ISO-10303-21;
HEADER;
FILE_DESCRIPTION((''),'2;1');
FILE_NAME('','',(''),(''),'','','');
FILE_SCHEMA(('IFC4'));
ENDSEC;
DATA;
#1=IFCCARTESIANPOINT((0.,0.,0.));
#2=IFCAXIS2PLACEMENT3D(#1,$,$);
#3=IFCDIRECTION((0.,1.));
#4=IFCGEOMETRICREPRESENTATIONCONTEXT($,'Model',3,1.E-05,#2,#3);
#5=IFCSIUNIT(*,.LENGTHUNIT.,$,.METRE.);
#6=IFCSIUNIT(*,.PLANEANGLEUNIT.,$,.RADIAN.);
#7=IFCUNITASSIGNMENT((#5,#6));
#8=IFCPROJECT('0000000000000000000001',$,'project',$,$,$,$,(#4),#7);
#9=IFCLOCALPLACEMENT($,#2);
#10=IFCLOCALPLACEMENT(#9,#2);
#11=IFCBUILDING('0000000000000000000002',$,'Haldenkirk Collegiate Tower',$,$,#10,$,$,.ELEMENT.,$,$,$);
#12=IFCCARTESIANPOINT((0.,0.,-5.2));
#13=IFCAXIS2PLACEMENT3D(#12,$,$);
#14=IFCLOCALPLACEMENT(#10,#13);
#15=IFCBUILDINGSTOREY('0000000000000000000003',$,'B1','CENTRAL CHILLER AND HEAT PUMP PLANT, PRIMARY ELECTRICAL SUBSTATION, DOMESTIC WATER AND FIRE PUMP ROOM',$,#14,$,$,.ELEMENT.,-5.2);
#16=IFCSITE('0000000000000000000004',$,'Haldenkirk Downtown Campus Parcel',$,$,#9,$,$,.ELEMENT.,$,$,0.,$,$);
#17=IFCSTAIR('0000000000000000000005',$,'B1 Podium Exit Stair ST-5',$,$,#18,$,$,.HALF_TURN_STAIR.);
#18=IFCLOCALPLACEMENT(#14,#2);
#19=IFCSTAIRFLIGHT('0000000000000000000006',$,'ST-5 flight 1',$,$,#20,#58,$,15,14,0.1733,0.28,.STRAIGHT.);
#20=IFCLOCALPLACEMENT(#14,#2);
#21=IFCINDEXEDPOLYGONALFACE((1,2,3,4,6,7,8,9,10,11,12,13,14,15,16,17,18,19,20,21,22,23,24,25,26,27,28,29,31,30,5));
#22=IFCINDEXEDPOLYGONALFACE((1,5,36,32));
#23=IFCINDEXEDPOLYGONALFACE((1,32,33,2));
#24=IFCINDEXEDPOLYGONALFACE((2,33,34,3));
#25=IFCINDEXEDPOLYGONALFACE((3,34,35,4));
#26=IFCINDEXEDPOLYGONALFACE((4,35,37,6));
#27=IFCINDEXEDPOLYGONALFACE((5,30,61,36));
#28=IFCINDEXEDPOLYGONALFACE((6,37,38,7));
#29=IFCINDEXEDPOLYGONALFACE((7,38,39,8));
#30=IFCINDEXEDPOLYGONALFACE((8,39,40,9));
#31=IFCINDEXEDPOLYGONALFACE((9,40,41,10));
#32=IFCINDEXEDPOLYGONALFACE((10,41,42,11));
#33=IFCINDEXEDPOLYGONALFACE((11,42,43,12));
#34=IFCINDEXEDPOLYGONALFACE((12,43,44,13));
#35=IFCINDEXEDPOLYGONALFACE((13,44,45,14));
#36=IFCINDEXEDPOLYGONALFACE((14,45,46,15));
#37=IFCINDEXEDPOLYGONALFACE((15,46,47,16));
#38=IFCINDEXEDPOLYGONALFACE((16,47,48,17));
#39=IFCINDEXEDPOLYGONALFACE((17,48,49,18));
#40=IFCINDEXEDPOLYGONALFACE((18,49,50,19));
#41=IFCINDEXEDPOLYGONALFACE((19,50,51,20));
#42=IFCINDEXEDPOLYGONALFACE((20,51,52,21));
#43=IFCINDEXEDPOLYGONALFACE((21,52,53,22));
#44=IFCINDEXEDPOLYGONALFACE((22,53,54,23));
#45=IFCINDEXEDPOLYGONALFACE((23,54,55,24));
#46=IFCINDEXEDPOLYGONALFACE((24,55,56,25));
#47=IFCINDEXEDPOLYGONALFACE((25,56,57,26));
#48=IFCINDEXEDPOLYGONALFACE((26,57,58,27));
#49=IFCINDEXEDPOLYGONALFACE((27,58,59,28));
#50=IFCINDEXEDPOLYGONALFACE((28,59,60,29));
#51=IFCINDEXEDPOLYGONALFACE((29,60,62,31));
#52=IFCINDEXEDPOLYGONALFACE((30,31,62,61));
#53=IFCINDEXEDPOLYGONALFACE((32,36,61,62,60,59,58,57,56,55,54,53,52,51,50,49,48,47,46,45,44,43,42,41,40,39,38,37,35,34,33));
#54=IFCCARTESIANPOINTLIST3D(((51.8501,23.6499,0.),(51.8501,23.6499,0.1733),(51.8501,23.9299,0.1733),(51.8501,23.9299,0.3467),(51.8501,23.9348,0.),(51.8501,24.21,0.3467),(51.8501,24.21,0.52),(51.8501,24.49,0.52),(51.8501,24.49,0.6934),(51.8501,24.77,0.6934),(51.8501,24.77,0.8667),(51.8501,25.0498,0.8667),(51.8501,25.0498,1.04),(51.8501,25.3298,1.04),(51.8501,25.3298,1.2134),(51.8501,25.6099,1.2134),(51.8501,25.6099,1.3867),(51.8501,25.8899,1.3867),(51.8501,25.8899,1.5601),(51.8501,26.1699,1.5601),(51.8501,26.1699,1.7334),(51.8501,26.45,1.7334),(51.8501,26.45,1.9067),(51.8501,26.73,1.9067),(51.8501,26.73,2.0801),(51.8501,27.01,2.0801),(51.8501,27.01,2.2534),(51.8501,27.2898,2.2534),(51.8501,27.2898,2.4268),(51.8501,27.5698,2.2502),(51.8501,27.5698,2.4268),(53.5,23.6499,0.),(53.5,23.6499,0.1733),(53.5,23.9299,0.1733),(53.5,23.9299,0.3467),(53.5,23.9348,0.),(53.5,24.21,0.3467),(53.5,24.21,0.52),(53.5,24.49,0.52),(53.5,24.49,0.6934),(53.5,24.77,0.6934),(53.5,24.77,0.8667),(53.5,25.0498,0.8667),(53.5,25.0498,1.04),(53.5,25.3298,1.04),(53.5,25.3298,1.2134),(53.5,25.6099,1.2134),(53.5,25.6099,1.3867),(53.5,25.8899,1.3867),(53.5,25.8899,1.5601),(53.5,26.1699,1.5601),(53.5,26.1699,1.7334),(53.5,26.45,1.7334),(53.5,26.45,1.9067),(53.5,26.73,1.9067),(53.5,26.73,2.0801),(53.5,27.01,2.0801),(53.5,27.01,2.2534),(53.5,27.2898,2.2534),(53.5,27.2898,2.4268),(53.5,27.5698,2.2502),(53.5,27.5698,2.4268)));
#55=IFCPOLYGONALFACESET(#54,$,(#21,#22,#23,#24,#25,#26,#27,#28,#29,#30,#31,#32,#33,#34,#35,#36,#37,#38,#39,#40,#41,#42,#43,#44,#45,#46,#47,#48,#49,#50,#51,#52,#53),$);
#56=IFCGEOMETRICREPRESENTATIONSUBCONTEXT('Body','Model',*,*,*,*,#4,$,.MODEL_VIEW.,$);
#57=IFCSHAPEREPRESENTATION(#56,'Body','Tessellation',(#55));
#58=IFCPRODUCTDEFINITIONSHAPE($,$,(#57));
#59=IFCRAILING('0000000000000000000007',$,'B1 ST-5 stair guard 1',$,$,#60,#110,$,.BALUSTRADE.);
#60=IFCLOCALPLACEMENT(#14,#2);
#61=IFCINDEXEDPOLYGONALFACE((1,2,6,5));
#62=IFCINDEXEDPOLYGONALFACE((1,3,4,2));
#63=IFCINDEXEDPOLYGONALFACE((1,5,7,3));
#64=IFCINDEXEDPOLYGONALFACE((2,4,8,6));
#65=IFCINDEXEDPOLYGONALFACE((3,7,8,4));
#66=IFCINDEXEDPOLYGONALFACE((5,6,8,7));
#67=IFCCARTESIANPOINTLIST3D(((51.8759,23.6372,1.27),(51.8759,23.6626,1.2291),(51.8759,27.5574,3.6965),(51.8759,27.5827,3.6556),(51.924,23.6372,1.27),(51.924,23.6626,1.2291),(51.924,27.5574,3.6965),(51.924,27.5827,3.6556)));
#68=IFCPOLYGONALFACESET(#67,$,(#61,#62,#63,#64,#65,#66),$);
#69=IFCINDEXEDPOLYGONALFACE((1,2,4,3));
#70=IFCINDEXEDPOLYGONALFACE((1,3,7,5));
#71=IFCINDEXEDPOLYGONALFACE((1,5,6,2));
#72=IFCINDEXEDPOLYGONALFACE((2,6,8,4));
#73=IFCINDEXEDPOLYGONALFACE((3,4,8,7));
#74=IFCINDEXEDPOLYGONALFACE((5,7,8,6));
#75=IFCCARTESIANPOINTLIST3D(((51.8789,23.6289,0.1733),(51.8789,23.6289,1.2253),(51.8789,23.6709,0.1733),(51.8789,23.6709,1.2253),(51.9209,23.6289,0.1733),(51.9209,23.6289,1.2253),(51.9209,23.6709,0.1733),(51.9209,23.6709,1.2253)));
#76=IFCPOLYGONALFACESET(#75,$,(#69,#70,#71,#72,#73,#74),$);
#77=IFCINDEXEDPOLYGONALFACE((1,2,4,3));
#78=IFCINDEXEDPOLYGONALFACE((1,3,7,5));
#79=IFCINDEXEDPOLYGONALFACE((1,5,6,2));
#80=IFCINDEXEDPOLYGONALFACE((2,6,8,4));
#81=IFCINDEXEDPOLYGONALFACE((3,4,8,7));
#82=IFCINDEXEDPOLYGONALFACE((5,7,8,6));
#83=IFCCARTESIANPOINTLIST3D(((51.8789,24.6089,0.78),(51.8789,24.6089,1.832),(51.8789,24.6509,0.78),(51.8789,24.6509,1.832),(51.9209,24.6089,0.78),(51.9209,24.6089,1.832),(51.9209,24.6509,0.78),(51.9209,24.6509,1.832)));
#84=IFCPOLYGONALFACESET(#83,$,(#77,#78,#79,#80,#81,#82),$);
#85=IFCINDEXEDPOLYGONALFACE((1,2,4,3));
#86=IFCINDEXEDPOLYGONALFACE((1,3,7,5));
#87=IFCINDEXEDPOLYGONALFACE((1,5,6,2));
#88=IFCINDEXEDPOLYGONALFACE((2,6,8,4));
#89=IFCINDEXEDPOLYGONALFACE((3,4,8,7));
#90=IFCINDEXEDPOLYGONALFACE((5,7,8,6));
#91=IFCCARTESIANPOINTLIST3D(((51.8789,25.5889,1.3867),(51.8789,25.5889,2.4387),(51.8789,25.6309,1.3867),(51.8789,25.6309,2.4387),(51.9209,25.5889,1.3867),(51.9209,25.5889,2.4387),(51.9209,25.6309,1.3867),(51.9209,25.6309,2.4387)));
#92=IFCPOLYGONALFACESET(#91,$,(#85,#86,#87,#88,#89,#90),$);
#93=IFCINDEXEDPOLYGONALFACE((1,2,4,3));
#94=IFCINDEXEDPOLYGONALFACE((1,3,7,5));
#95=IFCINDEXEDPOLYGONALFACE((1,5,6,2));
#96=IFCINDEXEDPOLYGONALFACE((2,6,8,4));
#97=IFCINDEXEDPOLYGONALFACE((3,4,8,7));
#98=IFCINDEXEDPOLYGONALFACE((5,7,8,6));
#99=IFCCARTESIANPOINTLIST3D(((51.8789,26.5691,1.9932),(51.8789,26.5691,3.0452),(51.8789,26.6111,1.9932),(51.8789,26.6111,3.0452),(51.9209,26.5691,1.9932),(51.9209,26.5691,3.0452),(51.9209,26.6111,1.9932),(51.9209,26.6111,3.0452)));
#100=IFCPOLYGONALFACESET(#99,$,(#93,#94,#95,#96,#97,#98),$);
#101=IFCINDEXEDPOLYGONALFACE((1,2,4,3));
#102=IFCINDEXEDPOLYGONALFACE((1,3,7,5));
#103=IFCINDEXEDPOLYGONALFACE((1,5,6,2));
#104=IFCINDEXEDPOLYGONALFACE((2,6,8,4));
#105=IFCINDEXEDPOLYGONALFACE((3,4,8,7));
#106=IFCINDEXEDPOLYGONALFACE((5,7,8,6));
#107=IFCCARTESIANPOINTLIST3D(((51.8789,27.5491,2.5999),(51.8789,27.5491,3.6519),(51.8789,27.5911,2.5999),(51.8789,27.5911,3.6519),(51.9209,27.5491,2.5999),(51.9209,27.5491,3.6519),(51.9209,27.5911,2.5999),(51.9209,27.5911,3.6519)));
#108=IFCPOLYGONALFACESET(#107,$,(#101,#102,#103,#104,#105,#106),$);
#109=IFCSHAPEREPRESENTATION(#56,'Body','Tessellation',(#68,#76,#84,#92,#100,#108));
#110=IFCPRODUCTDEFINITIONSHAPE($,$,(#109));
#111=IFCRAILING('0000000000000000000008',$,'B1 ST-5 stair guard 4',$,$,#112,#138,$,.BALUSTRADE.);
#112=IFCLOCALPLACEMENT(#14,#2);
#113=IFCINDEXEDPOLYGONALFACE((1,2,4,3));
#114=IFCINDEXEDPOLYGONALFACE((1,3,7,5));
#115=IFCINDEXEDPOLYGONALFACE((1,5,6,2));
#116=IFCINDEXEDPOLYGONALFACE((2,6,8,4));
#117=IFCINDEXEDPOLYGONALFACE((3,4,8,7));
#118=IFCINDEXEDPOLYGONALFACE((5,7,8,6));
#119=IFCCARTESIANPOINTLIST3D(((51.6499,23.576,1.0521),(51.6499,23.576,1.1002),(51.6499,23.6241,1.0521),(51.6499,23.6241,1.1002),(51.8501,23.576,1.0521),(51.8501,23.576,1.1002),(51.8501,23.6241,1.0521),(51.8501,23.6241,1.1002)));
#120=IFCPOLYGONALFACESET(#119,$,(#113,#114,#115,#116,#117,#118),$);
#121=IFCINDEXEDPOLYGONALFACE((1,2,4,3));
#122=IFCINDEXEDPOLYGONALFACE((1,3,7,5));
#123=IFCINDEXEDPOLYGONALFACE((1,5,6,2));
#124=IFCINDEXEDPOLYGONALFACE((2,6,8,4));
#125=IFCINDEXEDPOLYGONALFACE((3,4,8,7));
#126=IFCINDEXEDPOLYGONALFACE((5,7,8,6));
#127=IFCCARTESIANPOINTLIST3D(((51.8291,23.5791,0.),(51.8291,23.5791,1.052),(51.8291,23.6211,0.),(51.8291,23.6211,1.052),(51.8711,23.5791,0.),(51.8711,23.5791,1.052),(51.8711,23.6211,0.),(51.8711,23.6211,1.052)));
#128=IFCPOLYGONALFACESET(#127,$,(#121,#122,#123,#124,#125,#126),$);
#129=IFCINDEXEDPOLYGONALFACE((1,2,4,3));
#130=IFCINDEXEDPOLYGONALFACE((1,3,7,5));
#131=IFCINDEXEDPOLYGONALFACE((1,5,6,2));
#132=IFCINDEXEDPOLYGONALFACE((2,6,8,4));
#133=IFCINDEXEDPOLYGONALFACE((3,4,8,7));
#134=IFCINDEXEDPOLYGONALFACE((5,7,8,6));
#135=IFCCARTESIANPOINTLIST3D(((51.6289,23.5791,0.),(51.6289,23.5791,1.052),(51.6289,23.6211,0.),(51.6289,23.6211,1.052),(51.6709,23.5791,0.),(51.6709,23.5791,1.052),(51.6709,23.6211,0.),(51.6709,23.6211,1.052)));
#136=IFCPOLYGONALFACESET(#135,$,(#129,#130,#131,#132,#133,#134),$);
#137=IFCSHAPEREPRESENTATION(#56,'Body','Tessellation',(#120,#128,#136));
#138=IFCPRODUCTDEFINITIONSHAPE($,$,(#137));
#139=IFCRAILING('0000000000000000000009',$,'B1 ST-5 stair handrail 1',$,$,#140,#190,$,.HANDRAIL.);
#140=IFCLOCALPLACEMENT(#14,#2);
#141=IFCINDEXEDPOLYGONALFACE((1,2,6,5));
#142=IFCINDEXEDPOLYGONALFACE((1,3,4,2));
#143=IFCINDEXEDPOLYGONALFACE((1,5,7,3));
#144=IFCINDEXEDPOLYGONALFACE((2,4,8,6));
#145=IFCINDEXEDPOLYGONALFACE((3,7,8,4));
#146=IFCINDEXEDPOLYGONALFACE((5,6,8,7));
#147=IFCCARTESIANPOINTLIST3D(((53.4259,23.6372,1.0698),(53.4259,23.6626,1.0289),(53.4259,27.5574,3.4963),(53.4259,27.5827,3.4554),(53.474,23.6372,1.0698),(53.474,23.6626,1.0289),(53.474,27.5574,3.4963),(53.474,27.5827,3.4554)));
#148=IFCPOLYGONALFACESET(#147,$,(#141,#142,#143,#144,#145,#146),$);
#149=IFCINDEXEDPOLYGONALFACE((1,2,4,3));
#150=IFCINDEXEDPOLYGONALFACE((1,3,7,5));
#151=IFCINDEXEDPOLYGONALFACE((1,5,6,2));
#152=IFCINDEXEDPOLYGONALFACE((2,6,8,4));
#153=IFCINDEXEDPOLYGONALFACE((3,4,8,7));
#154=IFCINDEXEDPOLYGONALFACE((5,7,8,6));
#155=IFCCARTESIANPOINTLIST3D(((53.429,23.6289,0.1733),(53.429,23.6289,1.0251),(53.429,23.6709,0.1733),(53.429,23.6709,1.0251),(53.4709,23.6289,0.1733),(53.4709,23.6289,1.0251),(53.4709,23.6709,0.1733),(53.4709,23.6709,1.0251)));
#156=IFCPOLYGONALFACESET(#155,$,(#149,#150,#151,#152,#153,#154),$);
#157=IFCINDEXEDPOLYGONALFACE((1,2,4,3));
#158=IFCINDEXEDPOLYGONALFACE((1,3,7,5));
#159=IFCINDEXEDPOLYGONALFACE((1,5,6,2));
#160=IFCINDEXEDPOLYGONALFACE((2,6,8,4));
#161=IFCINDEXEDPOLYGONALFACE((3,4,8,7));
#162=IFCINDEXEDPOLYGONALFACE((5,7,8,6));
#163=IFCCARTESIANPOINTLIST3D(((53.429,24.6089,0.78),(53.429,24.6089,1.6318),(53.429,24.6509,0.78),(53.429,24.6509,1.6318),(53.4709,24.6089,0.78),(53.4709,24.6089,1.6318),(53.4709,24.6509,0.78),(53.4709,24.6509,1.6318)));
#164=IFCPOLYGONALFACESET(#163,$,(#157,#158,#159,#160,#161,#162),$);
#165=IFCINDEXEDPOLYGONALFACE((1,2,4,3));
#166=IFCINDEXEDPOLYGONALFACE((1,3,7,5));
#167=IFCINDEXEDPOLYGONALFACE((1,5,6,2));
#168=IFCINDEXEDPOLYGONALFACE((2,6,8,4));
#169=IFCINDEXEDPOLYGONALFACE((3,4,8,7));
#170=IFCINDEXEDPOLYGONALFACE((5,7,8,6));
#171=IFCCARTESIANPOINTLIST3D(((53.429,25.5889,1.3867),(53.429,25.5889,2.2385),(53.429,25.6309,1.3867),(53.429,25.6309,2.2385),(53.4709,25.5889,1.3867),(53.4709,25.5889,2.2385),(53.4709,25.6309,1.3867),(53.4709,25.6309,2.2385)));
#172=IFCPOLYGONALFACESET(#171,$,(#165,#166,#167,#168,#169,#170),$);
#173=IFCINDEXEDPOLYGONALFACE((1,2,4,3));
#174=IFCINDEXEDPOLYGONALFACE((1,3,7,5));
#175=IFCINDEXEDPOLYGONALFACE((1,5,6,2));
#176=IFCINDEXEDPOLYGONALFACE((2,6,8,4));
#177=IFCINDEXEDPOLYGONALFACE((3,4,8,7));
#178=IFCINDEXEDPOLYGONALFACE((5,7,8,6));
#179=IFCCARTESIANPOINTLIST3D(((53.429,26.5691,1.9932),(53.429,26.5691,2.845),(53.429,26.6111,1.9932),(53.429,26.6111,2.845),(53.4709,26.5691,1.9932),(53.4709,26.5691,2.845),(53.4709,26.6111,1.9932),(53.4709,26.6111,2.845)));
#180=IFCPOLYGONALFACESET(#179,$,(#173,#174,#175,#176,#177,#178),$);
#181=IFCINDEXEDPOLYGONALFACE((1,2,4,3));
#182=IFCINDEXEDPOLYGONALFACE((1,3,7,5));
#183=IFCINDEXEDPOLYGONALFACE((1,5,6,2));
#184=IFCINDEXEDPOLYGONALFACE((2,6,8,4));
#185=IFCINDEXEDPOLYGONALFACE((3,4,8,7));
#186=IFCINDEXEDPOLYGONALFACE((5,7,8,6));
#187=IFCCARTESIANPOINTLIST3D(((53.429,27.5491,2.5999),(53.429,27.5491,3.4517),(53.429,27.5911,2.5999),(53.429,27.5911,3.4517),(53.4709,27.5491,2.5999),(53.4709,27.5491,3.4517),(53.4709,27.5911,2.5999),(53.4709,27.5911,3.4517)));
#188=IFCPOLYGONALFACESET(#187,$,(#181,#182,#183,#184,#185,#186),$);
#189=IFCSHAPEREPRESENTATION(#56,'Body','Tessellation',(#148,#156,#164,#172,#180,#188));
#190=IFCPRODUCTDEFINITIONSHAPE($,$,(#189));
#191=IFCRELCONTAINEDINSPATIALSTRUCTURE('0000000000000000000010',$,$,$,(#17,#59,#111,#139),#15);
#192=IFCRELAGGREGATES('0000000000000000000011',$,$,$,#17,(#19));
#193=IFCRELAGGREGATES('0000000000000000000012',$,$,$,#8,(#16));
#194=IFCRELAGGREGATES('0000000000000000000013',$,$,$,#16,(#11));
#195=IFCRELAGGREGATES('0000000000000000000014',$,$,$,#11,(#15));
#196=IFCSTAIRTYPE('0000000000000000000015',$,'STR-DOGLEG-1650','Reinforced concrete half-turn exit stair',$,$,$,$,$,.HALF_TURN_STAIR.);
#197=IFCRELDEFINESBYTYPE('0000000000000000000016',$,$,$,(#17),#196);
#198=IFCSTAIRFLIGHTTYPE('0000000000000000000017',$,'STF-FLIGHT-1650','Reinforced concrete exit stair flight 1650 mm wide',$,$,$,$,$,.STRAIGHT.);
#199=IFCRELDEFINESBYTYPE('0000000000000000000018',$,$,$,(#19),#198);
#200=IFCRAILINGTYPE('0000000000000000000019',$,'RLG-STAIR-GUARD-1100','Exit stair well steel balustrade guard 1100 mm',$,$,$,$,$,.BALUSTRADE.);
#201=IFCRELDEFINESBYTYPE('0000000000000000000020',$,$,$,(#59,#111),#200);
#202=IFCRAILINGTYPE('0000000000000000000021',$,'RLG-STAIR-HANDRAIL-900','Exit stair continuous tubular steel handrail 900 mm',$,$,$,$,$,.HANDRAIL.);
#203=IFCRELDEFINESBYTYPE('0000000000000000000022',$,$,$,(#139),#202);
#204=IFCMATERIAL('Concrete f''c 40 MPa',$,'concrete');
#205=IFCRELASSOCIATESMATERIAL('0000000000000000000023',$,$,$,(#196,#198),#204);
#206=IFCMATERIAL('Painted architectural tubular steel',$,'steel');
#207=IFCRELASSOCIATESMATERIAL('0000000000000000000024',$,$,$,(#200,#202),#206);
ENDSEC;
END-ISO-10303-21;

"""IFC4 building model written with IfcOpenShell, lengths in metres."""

from ifc_helpers import new_model, si_unit, direction, frame, origin, origin_2d, place, context, subcontext, project, spatial, polyline, rectangle, outline, extrude, material, type_object, element, aggregate, save


model = new_model("IFC4")

# Units and contexts
model_context = context("Model", 3, precision=1e-05, world=origin(), true_north=direction((0.0, 1.0)))
body_context = subcontext(model_context, "Body", "Model", "MODEL_VIEW")
ifc_project = project(units=[si_unit("LENGTHUNIT", "METRE"), si_unit("PLANEANGLEUNIT", "RADIAN")], contexts=[model_context])

# Site, building, storey
site_placement = place(None, origin())
site = spatial("IfcSite", under=ifc_project, at=site_placement, Name="Haldenkirk Downtown Campus Parcel", CompositionType="ELEMENT", RefElevation=0.0)
building_placement = place(site_placement, origin())
building = spatial("IfcBuilding", under=site, at=building_placement, Name="Haldenkirk Collegiate Tower", CompositionType="ELEMENT")
storey_placement = place(building_placement, frame((0.0, 0.0, -5.2)))
storey = spatial("IfcBuildingStorey", under=building, at=storey_placement, Name="B1", Description="CENTRAL CHILLER AND HEAT PUMP PLANT, PRIMARY ELECTRICAL SUBSTATION, DOMESTIC WATER AND FIRE PUMP ROOM", CompositionType="ELEMENT", Elevation=-5.2)

# Stair, stair flight
ifc_material_1 = material(Name="Concrete f'c 40 MPa", Category="concrete")
stair_type = type_object("IfcStairType", Name="STR-DOGLEG-1650", Description="Reinforced concrete half-turn exit stair", PredefinedType="HALF_TURN_STAIR", material=ifc_material_1)
stair_placement = place(storey_placement, origin())
stair = element("IfcStair", 1, at=stair_placement, inside=storey, type_object=stair_type, Name="B1 Podium Exit Stair ST-5", PredefinedType="HALF_TURN_STAIR")
stair_flight_type = type_object("IfcStairFlightType", Name="STF-FLIGHT-1650", Description="Reinforced concrete exit stair flight 1650 mm wide", PredefinedType="STRAIGHT", material=ifc_material_1)
stair_flight_placement = place(storey_placement, frame((52.675, 23.6499, 0.0), z_axis=(0.0, 0.0, 1.0), x_axis=(0.0, 1.0, 0.0)))
stair_flight = element("IfcStairFlight", 2, at=stair_flight_placement, type_object=stair_flight_type, Name="ST-5 flight 1", NumberOfRisers=15, NumberOfTreads=14, PredefinedType="STRAIGHT", RiserHeight=0.1733, TreadLength=0.28, context=body_context, shape_type="SweptSolid", body=[
    extrude(outline(polyline([(0.0, 0.0), (0.0, 0.1733), (0.28, 0.1733), (0.28, 0.3467), (0.5601, 0.3467), (0.5601, 0.52), (0.8401, 0.52), (0.8401, 0.6934), (1.1201, 0.6934), (1.1201, 0.8667), (1.3999, 0.8667), (1.3999, 1.04), (1.6799, 1.04), (1.6799, 1.2134), (1.96, 1.2134), (1.96, 1.3867), (2.24, 1.3867), (2.24, 1.5601), (2.52, 1.5601), (2.52, 1.7334), (2.8, 1.7334), (2.8, 1.9067), (3.0801, 1.9067), (3.0801, 2.0801), (3.3601, 2.0801), (3.3601, 2.2534), (3.6399, 2.2534), (3.6399, 2.4268), (3.9199, 2.4268), (3.9199, 2.6001), (3.9199, 2.2502), (0.2849, 0.0), (0.0, 0.0)])), frame((0.0, 0.825, 0.0), z_axis=(0.0, -1.0, 0.0), x_axis=(1.0, 0.0, 0.0)), (0.0, 0.0, 1.0), 1.6499),
])
aggregate(stair, [stair_flight])

# Railings
ifc_material_2 = material(Name="Painted architectural tubular steel", Category="steel")
railing_type_1 = type_object("IfcRailingType", Name="RLG-STAIR-GUARD-1100", Description="Exit stair well steel balustrade guard 1100 mm", PredefinedType="BALUSTRADE", material=ifc_material_2)
railing_1_placement = place(storey_placement, frame((51.8999, 23.6499, 0.1733)))
element("IfcRailing", 3, at=railing_1_placement, inside=storey, type_object=railing_type_1, Name="B1 ST-5 stair guard 1", PredefinedType="BALUSTRADE", context=body_context, shape_type="SweptSolid", body=[
    extrude(rectangle(XDim=0.0481, YDim=0.0481, at=origin_2d()), frame((0.0, 0.0, 1.0762), z_axis=(0.0, 0.85029, 0.526315), x_axis=(-1.0, 0.0, 0.0)), (0.0, 0.0, 1.0), 4.6104),
    extrude(rectangle(XDim=0.042, YDim=0.042, at=origin_2d()), origin(), (0.0, 0.0, 1.0), 1.052),
    extrude(rectangle(XDim=0.042, YDim=0.042, at=origin_2d()), frame((0.0, 0.98, 0.6067)), (0.0, 0.0, 1.0), 1.052),
    extrude(rectangle(XDim=0.042, YDim=0.042, at=origin_2d()), frame((0.0, 1.96, 1.2134)), (0.0, 0.0, 1.0), 1.052),
    extrude(rectangle(XDim=0.042, YDim=0.042, at=origin_2d()), frame((0.0, 2.9402, 1.8198)), (0.0, 0.0, 1.0), 1.052),
    extrude(rectangle(XDim=0.042, YDim=0.042, at=origin_2d()), frame((0.0, 3.9202, 2.4265)), (0.0, 0.0, 1.0), 1.052),
])
railing_2_placement = place(storey_placement, frame((51.8501, 23.6001, 0.0)))
element("IfcRailing", 4, at=railing_2_placement, inside=storey, type_object=railing_type_1, Name="B1 ST-5 stair guard 4", PredefinedType="BALUSTRADE", context=body_context, shape_type="SweptSolid", body=[
    extrude(rectangle(XDim=0.0481, YDim=0.0481, at=origin_2d()), frame((0.0, 0.0, 1.0762), z_axis=(-1.0, 0.0, 0.0), x_axis=(0.0, -1.0, 0.0)), (0.0, 0.0, 1.0), 0.2002),
    extrude(rectangle(XDim=0.042, YDim=0.042, at=origin_2d()), origin(), (0.0, 0.0, 1.0), 1.052),
    extrude(rectangle(XDim=0.042, YDim=0.042, at=origin_2d()), frame((-0.2002, 0.0, 0.0)), (0.0, 0.0, 1.0), 1.052),
])
railing_type_2 = type_object("IfcRailingType", Name="RLG-STAIR-HANDRAIL-900", Description="Exit stair continuous tubular steel handrail 900 mm", PredefinedType="HANDRAIL", material=ifc_material_2)
railing_3_placement = place(storey_placement, frame((53.45, 23.6499, 0.1733)))
element("IfcRailing", 5, at=railing_3_placement, inside=storey, type_object=railing_type_2, Name="B1 ST-5 stair handrail 1", PredefinedType="HANDRAIL", context=body_context, shape_type="SweptSolid", body=[
    extrude(rectangle(XDim=0.0481, YDim=0.0481, at=origin_2d()), frame((0.0, 0.0, 0.876), z_axis=(0.0, 0.85029, 0.526315), x_axis=(-1.0, 0.0, 0.0)), (0.0, 0.0, 1.0), 4.6104),
    extrude(rectangle(XDim=0.042, YDim=0.042, at=origin_2d()), origin(), (0.0, 0.0, 1.0), 0.8518),
    extrude(rectangle(XDim=0.042, YDim=0.042, at=origin_2d()), frame((0.0, 0.98, 0.6067)), (0.0, 0.0, 1.0), 0.8518),
    extrude(rectangle(XDim=0.042, YDim=0.042, at=origin_2d()), frame((0.0, 1.96, 1.2134)), (0.0, 0.0, 1.0), 0.8518),
    extrude(rectangle(XDim=0.042, YDim=0.042, at=origin_2d()), frame((0.0, 2.9402, 1.8198)), (0.0, 0.0, 1.0), 0.8518),
    extrude(rectangle(XDim=0.042, YDim=0.042, at=origin_2d()), frame((0.0, 3.9202, 2.4265)), (0.0, 0.0, 1.0), 0.8518),
])

save(model, "model.ifc")
